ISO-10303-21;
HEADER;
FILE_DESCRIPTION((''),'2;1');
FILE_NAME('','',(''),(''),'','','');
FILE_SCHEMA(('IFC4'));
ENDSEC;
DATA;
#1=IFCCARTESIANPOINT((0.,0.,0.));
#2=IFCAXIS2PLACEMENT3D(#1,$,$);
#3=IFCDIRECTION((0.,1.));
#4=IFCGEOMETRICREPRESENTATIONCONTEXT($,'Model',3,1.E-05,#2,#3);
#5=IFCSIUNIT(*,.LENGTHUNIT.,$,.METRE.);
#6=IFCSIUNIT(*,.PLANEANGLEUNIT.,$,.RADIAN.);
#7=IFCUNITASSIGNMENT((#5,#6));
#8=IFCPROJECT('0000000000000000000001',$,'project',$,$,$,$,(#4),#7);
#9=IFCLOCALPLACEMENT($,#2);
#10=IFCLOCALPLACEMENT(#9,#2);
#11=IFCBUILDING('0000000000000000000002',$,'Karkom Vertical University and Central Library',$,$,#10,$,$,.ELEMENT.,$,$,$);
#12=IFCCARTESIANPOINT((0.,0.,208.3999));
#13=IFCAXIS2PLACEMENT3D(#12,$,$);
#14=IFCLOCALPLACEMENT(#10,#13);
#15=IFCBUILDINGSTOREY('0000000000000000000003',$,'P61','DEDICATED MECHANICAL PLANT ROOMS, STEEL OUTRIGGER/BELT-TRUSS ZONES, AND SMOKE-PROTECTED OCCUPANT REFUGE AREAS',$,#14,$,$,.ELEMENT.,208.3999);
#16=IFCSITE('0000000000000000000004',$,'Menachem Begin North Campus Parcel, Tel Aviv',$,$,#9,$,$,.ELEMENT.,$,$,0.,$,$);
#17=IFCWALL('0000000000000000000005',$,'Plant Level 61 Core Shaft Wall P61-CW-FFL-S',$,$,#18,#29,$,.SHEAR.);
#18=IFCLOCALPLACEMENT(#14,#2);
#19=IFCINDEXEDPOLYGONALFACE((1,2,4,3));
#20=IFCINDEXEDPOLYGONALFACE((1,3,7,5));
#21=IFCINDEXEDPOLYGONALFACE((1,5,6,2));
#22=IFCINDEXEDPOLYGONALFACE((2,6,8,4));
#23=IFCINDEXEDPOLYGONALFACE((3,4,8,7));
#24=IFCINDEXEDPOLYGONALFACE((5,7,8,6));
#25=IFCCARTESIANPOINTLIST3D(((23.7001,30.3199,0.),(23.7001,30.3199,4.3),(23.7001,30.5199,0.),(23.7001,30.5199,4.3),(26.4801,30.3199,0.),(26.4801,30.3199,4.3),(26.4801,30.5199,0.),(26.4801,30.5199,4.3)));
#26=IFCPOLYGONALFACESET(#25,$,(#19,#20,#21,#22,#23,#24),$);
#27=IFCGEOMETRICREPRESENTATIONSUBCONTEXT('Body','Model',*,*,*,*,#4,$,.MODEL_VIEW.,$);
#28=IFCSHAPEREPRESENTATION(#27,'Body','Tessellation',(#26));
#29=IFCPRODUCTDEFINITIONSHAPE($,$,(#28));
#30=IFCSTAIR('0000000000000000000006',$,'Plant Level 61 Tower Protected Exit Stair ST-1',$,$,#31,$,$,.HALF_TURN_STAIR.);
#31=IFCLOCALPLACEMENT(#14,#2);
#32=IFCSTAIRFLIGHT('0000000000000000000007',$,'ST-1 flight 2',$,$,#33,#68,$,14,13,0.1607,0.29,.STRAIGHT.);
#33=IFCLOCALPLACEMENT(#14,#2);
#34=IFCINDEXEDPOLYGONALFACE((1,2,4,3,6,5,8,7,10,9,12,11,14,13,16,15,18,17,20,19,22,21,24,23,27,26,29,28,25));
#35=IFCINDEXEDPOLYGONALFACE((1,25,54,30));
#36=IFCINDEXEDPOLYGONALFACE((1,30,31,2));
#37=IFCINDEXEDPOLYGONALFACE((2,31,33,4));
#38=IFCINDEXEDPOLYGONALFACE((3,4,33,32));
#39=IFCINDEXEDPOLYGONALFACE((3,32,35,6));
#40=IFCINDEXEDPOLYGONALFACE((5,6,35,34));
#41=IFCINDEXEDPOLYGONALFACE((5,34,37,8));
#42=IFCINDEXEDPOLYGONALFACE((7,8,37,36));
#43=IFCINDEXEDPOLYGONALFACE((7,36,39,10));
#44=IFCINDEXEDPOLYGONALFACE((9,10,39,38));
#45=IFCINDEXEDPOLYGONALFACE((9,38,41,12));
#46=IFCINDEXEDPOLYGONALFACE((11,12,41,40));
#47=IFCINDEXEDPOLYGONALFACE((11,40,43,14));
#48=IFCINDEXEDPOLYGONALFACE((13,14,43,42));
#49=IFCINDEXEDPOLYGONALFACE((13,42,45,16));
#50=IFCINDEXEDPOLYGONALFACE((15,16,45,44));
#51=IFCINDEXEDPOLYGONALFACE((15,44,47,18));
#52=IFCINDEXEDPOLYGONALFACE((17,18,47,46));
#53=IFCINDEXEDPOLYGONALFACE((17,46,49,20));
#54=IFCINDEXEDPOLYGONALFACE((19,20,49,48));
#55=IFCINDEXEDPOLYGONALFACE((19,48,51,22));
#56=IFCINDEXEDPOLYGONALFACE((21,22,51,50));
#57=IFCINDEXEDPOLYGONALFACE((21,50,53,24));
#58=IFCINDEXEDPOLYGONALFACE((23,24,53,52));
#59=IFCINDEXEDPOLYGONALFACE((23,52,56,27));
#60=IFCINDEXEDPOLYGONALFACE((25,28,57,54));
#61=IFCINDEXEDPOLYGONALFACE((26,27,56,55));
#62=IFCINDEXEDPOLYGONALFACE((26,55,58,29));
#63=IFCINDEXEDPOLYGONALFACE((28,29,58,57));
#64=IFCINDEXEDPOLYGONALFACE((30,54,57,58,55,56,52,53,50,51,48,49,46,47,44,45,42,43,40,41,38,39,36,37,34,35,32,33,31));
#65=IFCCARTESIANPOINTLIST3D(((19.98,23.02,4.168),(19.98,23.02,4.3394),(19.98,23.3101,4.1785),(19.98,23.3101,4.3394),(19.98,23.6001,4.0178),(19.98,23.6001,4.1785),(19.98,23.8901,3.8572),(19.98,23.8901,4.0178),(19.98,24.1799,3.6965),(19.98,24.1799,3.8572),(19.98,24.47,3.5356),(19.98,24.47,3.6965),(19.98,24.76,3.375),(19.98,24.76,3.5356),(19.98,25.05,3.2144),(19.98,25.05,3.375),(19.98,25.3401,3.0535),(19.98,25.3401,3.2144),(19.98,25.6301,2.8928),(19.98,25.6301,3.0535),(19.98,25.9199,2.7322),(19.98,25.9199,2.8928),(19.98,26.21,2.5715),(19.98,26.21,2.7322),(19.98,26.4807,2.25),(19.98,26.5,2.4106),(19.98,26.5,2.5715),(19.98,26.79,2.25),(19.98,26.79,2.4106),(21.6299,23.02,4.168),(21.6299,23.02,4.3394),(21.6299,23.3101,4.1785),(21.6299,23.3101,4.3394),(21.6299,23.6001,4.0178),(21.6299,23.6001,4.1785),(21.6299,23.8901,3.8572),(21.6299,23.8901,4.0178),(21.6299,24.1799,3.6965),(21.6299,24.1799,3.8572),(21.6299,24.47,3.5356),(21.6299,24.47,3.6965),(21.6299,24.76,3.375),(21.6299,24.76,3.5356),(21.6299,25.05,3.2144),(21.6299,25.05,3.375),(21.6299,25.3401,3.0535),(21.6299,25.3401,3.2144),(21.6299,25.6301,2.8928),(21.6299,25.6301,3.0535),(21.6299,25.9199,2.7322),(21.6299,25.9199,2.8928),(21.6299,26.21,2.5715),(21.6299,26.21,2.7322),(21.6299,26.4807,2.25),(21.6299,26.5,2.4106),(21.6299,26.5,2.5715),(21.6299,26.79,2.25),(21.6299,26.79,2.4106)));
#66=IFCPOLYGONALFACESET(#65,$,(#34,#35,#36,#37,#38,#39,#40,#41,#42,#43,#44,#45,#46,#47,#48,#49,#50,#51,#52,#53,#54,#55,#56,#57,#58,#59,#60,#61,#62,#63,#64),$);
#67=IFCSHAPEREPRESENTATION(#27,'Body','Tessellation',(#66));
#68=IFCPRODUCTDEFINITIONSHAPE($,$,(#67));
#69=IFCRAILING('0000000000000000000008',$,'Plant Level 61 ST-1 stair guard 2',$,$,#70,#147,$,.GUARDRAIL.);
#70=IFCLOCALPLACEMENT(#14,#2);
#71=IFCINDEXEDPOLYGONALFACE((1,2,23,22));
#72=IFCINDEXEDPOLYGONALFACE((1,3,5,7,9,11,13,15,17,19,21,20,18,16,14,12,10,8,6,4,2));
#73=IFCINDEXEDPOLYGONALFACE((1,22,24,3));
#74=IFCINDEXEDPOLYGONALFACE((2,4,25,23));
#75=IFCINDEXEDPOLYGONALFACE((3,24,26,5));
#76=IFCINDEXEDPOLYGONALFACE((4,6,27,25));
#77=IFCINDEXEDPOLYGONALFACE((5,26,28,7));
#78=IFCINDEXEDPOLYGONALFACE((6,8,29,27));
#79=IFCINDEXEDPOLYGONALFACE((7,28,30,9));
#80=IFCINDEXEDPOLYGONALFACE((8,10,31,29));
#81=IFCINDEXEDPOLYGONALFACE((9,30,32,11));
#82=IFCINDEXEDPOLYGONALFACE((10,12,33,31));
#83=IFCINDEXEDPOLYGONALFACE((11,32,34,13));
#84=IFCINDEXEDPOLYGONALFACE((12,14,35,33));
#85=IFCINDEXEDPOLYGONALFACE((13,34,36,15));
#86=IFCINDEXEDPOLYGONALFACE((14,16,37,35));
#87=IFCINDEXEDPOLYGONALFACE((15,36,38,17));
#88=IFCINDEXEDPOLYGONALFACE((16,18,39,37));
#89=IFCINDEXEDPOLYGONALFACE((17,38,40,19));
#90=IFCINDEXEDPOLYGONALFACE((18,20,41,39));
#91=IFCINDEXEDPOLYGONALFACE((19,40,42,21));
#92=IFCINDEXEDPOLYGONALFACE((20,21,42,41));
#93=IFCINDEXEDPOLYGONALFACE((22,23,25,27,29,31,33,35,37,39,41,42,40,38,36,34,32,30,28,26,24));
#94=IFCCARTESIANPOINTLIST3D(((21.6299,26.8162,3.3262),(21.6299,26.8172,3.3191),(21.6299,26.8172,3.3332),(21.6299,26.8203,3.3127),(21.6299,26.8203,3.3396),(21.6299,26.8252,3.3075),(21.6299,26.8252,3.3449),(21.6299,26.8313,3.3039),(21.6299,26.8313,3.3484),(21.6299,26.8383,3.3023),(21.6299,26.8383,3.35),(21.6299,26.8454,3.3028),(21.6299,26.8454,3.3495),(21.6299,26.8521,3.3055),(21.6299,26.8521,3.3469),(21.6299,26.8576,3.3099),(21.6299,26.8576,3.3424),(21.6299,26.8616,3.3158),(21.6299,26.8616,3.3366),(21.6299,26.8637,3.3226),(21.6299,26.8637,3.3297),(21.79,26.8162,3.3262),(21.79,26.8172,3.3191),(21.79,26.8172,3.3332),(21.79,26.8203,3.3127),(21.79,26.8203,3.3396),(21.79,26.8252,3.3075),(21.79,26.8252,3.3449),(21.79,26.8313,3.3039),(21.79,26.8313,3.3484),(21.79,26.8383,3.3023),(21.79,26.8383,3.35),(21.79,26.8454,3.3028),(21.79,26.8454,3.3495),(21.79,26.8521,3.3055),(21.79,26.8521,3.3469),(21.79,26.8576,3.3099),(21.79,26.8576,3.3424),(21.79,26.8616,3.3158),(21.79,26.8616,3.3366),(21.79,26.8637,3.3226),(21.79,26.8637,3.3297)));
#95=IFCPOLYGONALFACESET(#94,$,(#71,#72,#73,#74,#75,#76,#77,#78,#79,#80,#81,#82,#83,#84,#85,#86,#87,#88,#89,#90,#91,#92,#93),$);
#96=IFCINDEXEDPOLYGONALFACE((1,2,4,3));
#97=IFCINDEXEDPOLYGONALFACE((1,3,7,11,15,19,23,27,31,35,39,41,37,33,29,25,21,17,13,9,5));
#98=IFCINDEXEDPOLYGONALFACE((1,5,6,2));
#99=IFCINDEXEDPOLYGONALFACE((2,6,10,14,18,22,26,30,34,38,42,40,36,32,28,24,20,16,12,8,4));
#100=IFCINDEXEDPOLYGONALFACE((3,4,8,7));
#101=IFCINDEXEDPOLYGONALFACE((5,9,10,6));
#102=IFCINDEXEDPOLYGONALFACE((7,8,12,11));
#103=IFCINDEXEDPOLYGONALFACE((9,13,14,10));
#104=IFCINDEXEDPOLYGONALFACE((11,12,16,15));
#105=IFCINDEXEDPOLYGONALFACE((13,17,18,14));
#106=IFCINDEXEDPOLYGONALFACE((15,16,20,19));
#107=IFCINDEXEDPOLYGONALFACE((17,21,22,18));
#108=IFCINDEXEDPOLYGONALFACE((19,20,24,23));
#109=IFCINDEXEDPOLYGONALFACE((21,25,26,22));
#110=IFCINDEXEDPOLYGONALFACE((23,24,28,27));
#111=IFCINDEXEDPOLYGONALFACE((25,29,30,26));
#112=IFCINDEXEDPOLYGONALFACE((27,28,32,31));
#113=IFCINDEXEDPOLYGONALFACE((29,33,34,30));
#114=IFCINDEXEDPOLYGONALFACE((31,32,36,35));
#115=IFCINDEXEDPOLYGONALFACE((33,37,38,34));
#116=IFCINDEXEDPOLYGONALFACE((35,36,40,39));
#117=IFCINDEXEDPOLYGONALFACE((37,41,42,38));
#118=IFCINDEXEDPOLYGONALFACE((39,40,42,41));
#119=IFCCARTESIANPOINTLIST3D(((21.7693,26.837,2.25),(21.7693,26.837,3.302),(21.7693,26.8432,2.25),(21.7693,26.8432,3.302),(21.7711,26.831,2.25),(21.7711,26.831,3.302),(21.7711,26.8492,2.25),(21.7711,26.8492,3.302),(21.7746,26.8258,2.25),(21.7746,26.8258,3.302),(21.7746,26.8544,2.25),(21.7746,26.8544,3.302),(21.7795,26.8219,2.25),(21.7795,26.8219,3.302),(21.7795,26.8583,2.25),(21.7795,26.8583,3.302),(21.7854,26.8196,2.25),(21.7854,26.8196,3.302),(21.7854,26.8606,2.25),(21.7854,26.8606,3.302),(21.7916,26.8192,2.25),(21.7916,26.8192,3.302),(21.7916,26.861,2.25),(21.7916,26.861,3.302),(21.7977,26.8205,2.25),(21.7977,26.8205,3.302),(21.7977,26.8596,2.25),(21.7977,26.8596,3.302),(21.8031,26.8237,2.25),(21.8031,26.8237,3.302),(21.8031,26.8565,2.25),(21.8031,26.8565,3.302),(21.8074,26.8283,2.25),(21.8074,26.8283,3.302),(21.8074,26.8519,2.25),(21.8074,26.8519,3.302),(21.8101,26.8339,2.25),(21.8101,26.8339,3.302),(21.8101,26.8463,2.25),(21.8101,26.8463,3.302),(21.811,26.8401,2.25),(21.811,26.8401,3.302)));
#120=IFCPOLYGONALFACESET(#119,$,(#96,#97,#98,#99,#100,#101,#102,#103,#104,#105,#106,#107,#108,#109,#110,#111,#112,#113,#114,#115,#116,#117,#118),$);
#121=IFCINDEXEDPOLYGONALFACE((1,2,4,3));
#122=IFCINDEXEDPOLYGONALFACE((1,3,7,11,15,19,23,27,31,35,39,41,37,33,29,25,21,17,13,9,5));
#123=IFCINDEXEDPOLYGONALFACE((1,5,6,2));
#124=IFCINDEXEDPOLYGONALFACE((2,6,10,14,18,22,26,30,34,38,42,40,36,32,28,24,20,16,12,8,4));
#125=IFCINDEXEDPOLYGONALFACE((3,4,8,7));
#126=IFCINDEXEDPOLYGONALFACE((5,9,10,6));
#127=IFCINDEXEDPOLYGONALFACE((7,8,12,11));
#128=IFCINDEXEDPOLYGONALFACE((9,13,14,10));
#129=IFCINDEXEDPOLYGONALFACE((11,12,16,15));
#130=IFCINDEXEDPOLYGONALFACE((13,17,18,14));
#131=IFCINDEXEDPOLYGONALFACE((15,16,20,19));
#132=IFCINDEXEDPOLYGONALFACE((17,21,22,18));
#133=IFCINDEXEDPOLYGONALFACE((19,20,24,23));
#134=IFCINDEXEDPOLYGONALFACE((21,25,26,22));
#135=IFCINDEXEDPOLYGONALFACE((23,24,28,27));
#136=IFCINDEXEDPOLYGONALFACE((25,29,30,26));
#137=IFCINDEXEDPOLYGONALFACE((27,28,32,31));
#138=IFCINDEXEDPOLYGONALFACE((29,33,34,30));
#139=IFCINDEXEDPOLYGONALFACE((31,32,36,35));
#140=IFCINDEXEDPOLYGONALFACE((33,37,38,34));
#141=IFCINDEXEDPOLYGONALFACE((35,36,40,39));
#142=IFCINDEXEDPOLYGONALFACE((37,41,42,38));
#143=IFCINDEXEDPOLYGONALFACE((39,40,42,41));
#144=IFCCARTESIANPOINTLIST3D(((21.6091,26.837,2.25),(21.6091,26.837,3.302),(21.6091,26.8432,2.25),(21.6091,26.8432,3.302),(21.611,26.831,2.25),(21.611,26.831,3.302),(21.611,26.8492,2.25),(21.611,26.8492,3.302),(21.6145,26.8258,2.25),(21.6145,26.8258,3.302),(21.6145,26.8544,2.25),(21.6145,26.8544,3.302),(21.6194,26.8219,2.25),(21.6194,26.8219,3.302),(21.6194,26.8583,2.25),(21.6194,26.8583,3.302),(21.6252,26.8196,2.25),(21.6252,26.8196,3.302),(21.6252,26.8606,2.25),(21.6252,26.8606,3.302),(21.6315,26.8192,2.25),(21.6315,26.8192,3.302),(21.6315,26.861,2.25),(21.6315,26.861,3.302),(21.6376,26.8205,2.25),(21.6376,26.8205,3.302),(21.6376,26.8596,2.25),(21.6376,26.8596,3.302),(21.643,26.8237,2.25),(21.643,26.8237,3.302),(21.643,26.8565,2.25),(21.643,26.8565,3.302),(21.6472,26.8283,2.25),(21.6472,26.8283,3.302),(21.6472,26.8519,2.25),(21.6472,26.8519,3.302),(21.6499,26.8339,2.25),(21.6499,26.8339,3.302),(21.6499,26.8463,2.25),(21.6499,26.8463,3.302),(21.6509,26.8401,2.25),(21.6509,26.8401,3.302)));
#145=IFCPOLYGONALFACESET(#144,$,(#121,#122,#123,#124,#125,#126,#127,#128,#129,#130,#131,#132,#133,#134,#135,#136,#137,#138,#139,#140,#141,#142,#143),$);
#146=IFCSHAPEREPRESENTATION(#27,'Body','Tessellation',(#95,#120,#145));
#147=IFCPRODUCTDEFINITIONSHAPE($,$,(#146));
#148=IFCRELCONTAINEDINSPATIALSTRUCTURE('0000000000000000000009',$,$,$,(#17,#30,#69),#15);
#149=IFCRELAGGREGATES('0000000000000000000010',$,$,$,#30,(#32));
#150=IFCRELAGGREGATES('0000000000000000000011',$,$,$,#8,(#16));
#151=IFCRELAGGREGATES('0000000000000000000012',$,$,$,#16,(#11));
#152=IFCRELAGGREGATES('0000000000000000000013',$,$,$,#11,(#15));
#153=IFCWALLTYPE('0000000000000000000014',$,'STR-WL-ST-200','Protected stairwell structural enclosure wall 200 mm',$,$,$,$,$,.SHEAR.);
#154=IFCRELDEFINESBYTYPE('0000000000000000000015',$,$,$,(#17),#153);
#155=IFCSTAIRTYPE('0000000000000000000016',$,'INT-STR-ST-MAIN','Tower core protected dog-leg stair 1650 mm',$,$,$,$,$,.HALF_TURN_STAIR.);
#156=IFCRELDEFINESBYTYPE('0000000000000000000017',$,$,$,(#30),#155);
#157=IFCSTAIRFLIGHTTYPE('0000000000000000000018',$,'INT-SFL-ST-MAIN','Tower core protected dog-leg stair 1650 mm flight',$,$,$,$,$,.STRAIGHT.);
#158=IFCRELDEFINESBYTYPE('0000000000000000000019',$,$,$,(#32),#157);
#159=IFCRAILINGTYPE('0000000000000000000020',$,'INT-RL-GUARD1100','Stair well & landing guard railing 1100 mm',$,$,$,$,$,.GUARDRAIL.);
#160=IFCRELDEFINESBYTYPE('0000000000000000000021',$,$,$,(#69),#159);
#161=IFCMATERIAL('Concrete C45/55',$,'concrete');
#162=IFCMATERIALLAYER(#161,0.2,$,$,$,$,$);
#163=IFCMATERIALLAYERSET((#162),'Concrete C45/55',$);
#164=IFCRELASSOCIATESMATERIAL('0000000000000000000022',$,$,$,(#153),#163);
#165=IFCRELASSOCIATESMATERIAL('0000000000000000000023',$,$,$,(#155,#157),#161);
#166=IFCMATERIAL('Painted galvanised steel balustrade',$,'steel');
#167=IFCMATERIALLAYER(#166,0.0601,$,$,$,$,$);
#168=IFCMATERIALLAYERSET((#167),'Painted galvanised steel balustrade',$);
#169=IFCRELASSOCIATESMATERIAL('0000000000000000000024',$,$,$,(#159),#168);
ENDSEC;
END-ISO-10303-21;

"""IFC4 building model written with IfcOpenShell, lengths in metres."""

from ifc_helpers import new_model, si_unit, direction, frame, frame_2d, origin, origin_2d, place, context, subcontext, project, spatial, polyline, rectangle, circle, outline, extrude, material, layer, layer_set, type_object, element, aggregate, save


model = new_model("IFC4")

# Units and contexts
model_context = context("Model", 3, precision=1e-05, world=origin(), true_north=direction((0.0, 1.0)))
body_context = subcontext(model_context, "Body", "Model", "MODEL_VIEW")
ifc_project = project(units=[si_unit("LENGTHUNIT", "METRE"), si_unit("PLANEANGLEUNIT", "RADIAN")], contexts=[model_context])

# Site, building, storey
site_placement = place(None, origin())
site = spatial("IfcSite", under=ifc_project, at=site_placement, Name="Menachem Begin North Campus Parcel, Tel Aviv", CompositionType="ELEMENT", RefElevation=0.0)
building_placement = place(site_placement, origin())
building = spatial("IfcBuilding", under=site, at=building_placement, Name="Karkom Vertical University and Central Library", CompositionType="ELEMENT")
storey_placement = place(building_placement, frame((0.0, 0.0, 208.3999)))
storey = spatial("IfcBuildingStorey", under=building, at=storey_placement, Name="P61", Description="DEDICATED MECHANICAL PLANT ROOMS, STEEL OUTRIGGER/BELT-TRUSS ZONES, AND SMOKE-PROTECTED OCCUPANT REFUGE AREAS", CompositionType="ELEMENT", Elevation=208.3999)

# Shared definitions
ifc_material_1 = material(Name="Concrete C45/55", Category="concrete")
ifc_layer_1 = layer(ifc_material_1, 0.2)
ifc_layer_set_1 = layer_set([ifc_layer_1], Name="Concrete C45/55")
wall_type_1 = type_object("IfcWallType", Name="STR-WL-ST-200", Description="Protected stairwell structural enclosure wall 200 mm", PredefinedType="SHEAR", material=ifc_layer_set_1)

# Wall
wall_1_placement = place(storey_placement, frame((23.7, 30.4199, 0.0), z_axis=(0.0, 0.0, 1.0), x_axis=(1.0, 0.0, 0.0)))
element("IfcWall", 1, at=wall_1_placement, inside=storey, type_object=wall_type_1, Name="Plant Level 61 Core Shaft Wall P61-CW-FFL-S", PredefinedType="SHEAR", context=body_context, shape_type="SweptSolid", body=[
    extrude(rectangle(XDim=2.78, YDim=0.2, at=frame_2d((1.3901, 0.0))), origin(), (0.0, 0.0, 1.0), 4.3),
])

# Stair, stair flight
stair_type = type_object("IfcStairType", Name="INT-STR-ST-MAIN", Description="Tower core protected dog-leg stair 1650 mm", PredefinedType="HALF_TURN_STAIR", material=ifc_material_1)
stair_placement = place(storey_placement, origin())
stair = element("IfcStair", 2, at=stair_placement, inside=storey, type_object=stair_type, Name="Plant Level 61 Tower Protected Exit Stair ST-1", PredefinedType="HALF_TURN_STAIR")
stair_flight_type = type_object("IfcStairFlightType", Name="INT-SFL-ST-MAIN", Description="Tower core protected dog-leg stair 1650 mm flight", PredefinedType="STRAIGHT", material=ifc_material_1)
stair_flight_placement = place(storey_placement, frame((20.8049, 26.79, 2.25), z_axis=(0.0, 0.0, 1.0), x_axis=(0.0, -1.0, 0.0)))
stair_flight = element("IfcStairFlight", 3, at=stair_flight_placement, type_object=stair_flight_type, Name="ST-1 flight 2", NumberOfRisers=14, NumberOfTreads=13, PredefinedType="STRAIGHT", RiserHeight=0.1607, TreadLength=0.29, context=body_context, shape_type="SweptSolid", body=[
    extrude(outline(polyline([(0.0, 0.0), (0.0, 0.1606), (0.29, 0.1606), (0.29, 0.3215), (0.5801, 0.3215), (0.5801, 0.4822), (0.8701, 0.4822), (0.8701, 0.6428), (1.1599, 0.6428), (1.1599, 0.8035), (1.45, 0.8035), (1.45, 0.9644), (1.74, 0.9644), (1.74, 1.125), (2.03, 1.125), (2.03, 1.2856), (2.3201, 1.2856), (2.3201, 1.4465), (2.6101, 1.4465), (2.6101, 1.6072), (2.8999, 1.6072), (2.8999, 1.7678), (3.1899, 1.7678), (3.1899, 1.9285), (3.48, 1.9285), (3.48, 2.0894), (3.77, 2.0894), (3.77, 2.25), (3.77, 1.918), (0.3093, 0.0), (0.0, 0.0)])), frame((0.0, 0.825, 0.0), z_axis=(0.0, -1.0, 0.0), x_axis=(1.0, 0.0, 0.0)), (0.0, 0.0, 1.0), 1.6499),
])
aggregate(stair, [stair_flight])

# Railing
ifc_material_2 = material(Name="Painted galvanised steel balustrade", Category="steel")
ifc_layer_2 = layer(ifc_material_2, 0.0601)
ifc_layer_set_2 = layer_set([ifc_layer_2], Name="Painted galvanised steel balustrade")
railing_type_1 = type_object("IfcRailingType", Name="INT-RL-GUARD1100", Description="Stair well & landing guard railing 1100 mm", PredefinedType="GUARDRAIL", material=ifc_layer_set_2)
railing_1_placement = place(storey_placement, frame((21.79, 26.8401, 2.25)))
element("IfcRailing", 4, at=railing_1_placement, inside=storey, type_object=railing_type_1, Name="Plant Level 61 ST-1 stair guard 2", PredefinedType="GUARDRAIL", context=body_context, shape_type="SweptSolid", body=[
    extrude(circle(Radius=0.0239, at=origin_2d()), frame((0.0, 0.0, 1.0762), z_axis=(-1.0, 0.0, 0.0), x_axis=(0.0, -1.0, 0.0)), (0.0, 0.0, 1.0), 0.1602),
    extrude(circle(Radius=0.021, at=origin_2d()), origin(), (0.0, 0.0, 1.0), 1.052),
    extrude(circle(Radius=0.021, at=origin_2d()), frame((-0.1602, 0.0, 0.0)), (0.0, 0.0, 1.0), 1.052),
])

save(model, "model.ifc")
